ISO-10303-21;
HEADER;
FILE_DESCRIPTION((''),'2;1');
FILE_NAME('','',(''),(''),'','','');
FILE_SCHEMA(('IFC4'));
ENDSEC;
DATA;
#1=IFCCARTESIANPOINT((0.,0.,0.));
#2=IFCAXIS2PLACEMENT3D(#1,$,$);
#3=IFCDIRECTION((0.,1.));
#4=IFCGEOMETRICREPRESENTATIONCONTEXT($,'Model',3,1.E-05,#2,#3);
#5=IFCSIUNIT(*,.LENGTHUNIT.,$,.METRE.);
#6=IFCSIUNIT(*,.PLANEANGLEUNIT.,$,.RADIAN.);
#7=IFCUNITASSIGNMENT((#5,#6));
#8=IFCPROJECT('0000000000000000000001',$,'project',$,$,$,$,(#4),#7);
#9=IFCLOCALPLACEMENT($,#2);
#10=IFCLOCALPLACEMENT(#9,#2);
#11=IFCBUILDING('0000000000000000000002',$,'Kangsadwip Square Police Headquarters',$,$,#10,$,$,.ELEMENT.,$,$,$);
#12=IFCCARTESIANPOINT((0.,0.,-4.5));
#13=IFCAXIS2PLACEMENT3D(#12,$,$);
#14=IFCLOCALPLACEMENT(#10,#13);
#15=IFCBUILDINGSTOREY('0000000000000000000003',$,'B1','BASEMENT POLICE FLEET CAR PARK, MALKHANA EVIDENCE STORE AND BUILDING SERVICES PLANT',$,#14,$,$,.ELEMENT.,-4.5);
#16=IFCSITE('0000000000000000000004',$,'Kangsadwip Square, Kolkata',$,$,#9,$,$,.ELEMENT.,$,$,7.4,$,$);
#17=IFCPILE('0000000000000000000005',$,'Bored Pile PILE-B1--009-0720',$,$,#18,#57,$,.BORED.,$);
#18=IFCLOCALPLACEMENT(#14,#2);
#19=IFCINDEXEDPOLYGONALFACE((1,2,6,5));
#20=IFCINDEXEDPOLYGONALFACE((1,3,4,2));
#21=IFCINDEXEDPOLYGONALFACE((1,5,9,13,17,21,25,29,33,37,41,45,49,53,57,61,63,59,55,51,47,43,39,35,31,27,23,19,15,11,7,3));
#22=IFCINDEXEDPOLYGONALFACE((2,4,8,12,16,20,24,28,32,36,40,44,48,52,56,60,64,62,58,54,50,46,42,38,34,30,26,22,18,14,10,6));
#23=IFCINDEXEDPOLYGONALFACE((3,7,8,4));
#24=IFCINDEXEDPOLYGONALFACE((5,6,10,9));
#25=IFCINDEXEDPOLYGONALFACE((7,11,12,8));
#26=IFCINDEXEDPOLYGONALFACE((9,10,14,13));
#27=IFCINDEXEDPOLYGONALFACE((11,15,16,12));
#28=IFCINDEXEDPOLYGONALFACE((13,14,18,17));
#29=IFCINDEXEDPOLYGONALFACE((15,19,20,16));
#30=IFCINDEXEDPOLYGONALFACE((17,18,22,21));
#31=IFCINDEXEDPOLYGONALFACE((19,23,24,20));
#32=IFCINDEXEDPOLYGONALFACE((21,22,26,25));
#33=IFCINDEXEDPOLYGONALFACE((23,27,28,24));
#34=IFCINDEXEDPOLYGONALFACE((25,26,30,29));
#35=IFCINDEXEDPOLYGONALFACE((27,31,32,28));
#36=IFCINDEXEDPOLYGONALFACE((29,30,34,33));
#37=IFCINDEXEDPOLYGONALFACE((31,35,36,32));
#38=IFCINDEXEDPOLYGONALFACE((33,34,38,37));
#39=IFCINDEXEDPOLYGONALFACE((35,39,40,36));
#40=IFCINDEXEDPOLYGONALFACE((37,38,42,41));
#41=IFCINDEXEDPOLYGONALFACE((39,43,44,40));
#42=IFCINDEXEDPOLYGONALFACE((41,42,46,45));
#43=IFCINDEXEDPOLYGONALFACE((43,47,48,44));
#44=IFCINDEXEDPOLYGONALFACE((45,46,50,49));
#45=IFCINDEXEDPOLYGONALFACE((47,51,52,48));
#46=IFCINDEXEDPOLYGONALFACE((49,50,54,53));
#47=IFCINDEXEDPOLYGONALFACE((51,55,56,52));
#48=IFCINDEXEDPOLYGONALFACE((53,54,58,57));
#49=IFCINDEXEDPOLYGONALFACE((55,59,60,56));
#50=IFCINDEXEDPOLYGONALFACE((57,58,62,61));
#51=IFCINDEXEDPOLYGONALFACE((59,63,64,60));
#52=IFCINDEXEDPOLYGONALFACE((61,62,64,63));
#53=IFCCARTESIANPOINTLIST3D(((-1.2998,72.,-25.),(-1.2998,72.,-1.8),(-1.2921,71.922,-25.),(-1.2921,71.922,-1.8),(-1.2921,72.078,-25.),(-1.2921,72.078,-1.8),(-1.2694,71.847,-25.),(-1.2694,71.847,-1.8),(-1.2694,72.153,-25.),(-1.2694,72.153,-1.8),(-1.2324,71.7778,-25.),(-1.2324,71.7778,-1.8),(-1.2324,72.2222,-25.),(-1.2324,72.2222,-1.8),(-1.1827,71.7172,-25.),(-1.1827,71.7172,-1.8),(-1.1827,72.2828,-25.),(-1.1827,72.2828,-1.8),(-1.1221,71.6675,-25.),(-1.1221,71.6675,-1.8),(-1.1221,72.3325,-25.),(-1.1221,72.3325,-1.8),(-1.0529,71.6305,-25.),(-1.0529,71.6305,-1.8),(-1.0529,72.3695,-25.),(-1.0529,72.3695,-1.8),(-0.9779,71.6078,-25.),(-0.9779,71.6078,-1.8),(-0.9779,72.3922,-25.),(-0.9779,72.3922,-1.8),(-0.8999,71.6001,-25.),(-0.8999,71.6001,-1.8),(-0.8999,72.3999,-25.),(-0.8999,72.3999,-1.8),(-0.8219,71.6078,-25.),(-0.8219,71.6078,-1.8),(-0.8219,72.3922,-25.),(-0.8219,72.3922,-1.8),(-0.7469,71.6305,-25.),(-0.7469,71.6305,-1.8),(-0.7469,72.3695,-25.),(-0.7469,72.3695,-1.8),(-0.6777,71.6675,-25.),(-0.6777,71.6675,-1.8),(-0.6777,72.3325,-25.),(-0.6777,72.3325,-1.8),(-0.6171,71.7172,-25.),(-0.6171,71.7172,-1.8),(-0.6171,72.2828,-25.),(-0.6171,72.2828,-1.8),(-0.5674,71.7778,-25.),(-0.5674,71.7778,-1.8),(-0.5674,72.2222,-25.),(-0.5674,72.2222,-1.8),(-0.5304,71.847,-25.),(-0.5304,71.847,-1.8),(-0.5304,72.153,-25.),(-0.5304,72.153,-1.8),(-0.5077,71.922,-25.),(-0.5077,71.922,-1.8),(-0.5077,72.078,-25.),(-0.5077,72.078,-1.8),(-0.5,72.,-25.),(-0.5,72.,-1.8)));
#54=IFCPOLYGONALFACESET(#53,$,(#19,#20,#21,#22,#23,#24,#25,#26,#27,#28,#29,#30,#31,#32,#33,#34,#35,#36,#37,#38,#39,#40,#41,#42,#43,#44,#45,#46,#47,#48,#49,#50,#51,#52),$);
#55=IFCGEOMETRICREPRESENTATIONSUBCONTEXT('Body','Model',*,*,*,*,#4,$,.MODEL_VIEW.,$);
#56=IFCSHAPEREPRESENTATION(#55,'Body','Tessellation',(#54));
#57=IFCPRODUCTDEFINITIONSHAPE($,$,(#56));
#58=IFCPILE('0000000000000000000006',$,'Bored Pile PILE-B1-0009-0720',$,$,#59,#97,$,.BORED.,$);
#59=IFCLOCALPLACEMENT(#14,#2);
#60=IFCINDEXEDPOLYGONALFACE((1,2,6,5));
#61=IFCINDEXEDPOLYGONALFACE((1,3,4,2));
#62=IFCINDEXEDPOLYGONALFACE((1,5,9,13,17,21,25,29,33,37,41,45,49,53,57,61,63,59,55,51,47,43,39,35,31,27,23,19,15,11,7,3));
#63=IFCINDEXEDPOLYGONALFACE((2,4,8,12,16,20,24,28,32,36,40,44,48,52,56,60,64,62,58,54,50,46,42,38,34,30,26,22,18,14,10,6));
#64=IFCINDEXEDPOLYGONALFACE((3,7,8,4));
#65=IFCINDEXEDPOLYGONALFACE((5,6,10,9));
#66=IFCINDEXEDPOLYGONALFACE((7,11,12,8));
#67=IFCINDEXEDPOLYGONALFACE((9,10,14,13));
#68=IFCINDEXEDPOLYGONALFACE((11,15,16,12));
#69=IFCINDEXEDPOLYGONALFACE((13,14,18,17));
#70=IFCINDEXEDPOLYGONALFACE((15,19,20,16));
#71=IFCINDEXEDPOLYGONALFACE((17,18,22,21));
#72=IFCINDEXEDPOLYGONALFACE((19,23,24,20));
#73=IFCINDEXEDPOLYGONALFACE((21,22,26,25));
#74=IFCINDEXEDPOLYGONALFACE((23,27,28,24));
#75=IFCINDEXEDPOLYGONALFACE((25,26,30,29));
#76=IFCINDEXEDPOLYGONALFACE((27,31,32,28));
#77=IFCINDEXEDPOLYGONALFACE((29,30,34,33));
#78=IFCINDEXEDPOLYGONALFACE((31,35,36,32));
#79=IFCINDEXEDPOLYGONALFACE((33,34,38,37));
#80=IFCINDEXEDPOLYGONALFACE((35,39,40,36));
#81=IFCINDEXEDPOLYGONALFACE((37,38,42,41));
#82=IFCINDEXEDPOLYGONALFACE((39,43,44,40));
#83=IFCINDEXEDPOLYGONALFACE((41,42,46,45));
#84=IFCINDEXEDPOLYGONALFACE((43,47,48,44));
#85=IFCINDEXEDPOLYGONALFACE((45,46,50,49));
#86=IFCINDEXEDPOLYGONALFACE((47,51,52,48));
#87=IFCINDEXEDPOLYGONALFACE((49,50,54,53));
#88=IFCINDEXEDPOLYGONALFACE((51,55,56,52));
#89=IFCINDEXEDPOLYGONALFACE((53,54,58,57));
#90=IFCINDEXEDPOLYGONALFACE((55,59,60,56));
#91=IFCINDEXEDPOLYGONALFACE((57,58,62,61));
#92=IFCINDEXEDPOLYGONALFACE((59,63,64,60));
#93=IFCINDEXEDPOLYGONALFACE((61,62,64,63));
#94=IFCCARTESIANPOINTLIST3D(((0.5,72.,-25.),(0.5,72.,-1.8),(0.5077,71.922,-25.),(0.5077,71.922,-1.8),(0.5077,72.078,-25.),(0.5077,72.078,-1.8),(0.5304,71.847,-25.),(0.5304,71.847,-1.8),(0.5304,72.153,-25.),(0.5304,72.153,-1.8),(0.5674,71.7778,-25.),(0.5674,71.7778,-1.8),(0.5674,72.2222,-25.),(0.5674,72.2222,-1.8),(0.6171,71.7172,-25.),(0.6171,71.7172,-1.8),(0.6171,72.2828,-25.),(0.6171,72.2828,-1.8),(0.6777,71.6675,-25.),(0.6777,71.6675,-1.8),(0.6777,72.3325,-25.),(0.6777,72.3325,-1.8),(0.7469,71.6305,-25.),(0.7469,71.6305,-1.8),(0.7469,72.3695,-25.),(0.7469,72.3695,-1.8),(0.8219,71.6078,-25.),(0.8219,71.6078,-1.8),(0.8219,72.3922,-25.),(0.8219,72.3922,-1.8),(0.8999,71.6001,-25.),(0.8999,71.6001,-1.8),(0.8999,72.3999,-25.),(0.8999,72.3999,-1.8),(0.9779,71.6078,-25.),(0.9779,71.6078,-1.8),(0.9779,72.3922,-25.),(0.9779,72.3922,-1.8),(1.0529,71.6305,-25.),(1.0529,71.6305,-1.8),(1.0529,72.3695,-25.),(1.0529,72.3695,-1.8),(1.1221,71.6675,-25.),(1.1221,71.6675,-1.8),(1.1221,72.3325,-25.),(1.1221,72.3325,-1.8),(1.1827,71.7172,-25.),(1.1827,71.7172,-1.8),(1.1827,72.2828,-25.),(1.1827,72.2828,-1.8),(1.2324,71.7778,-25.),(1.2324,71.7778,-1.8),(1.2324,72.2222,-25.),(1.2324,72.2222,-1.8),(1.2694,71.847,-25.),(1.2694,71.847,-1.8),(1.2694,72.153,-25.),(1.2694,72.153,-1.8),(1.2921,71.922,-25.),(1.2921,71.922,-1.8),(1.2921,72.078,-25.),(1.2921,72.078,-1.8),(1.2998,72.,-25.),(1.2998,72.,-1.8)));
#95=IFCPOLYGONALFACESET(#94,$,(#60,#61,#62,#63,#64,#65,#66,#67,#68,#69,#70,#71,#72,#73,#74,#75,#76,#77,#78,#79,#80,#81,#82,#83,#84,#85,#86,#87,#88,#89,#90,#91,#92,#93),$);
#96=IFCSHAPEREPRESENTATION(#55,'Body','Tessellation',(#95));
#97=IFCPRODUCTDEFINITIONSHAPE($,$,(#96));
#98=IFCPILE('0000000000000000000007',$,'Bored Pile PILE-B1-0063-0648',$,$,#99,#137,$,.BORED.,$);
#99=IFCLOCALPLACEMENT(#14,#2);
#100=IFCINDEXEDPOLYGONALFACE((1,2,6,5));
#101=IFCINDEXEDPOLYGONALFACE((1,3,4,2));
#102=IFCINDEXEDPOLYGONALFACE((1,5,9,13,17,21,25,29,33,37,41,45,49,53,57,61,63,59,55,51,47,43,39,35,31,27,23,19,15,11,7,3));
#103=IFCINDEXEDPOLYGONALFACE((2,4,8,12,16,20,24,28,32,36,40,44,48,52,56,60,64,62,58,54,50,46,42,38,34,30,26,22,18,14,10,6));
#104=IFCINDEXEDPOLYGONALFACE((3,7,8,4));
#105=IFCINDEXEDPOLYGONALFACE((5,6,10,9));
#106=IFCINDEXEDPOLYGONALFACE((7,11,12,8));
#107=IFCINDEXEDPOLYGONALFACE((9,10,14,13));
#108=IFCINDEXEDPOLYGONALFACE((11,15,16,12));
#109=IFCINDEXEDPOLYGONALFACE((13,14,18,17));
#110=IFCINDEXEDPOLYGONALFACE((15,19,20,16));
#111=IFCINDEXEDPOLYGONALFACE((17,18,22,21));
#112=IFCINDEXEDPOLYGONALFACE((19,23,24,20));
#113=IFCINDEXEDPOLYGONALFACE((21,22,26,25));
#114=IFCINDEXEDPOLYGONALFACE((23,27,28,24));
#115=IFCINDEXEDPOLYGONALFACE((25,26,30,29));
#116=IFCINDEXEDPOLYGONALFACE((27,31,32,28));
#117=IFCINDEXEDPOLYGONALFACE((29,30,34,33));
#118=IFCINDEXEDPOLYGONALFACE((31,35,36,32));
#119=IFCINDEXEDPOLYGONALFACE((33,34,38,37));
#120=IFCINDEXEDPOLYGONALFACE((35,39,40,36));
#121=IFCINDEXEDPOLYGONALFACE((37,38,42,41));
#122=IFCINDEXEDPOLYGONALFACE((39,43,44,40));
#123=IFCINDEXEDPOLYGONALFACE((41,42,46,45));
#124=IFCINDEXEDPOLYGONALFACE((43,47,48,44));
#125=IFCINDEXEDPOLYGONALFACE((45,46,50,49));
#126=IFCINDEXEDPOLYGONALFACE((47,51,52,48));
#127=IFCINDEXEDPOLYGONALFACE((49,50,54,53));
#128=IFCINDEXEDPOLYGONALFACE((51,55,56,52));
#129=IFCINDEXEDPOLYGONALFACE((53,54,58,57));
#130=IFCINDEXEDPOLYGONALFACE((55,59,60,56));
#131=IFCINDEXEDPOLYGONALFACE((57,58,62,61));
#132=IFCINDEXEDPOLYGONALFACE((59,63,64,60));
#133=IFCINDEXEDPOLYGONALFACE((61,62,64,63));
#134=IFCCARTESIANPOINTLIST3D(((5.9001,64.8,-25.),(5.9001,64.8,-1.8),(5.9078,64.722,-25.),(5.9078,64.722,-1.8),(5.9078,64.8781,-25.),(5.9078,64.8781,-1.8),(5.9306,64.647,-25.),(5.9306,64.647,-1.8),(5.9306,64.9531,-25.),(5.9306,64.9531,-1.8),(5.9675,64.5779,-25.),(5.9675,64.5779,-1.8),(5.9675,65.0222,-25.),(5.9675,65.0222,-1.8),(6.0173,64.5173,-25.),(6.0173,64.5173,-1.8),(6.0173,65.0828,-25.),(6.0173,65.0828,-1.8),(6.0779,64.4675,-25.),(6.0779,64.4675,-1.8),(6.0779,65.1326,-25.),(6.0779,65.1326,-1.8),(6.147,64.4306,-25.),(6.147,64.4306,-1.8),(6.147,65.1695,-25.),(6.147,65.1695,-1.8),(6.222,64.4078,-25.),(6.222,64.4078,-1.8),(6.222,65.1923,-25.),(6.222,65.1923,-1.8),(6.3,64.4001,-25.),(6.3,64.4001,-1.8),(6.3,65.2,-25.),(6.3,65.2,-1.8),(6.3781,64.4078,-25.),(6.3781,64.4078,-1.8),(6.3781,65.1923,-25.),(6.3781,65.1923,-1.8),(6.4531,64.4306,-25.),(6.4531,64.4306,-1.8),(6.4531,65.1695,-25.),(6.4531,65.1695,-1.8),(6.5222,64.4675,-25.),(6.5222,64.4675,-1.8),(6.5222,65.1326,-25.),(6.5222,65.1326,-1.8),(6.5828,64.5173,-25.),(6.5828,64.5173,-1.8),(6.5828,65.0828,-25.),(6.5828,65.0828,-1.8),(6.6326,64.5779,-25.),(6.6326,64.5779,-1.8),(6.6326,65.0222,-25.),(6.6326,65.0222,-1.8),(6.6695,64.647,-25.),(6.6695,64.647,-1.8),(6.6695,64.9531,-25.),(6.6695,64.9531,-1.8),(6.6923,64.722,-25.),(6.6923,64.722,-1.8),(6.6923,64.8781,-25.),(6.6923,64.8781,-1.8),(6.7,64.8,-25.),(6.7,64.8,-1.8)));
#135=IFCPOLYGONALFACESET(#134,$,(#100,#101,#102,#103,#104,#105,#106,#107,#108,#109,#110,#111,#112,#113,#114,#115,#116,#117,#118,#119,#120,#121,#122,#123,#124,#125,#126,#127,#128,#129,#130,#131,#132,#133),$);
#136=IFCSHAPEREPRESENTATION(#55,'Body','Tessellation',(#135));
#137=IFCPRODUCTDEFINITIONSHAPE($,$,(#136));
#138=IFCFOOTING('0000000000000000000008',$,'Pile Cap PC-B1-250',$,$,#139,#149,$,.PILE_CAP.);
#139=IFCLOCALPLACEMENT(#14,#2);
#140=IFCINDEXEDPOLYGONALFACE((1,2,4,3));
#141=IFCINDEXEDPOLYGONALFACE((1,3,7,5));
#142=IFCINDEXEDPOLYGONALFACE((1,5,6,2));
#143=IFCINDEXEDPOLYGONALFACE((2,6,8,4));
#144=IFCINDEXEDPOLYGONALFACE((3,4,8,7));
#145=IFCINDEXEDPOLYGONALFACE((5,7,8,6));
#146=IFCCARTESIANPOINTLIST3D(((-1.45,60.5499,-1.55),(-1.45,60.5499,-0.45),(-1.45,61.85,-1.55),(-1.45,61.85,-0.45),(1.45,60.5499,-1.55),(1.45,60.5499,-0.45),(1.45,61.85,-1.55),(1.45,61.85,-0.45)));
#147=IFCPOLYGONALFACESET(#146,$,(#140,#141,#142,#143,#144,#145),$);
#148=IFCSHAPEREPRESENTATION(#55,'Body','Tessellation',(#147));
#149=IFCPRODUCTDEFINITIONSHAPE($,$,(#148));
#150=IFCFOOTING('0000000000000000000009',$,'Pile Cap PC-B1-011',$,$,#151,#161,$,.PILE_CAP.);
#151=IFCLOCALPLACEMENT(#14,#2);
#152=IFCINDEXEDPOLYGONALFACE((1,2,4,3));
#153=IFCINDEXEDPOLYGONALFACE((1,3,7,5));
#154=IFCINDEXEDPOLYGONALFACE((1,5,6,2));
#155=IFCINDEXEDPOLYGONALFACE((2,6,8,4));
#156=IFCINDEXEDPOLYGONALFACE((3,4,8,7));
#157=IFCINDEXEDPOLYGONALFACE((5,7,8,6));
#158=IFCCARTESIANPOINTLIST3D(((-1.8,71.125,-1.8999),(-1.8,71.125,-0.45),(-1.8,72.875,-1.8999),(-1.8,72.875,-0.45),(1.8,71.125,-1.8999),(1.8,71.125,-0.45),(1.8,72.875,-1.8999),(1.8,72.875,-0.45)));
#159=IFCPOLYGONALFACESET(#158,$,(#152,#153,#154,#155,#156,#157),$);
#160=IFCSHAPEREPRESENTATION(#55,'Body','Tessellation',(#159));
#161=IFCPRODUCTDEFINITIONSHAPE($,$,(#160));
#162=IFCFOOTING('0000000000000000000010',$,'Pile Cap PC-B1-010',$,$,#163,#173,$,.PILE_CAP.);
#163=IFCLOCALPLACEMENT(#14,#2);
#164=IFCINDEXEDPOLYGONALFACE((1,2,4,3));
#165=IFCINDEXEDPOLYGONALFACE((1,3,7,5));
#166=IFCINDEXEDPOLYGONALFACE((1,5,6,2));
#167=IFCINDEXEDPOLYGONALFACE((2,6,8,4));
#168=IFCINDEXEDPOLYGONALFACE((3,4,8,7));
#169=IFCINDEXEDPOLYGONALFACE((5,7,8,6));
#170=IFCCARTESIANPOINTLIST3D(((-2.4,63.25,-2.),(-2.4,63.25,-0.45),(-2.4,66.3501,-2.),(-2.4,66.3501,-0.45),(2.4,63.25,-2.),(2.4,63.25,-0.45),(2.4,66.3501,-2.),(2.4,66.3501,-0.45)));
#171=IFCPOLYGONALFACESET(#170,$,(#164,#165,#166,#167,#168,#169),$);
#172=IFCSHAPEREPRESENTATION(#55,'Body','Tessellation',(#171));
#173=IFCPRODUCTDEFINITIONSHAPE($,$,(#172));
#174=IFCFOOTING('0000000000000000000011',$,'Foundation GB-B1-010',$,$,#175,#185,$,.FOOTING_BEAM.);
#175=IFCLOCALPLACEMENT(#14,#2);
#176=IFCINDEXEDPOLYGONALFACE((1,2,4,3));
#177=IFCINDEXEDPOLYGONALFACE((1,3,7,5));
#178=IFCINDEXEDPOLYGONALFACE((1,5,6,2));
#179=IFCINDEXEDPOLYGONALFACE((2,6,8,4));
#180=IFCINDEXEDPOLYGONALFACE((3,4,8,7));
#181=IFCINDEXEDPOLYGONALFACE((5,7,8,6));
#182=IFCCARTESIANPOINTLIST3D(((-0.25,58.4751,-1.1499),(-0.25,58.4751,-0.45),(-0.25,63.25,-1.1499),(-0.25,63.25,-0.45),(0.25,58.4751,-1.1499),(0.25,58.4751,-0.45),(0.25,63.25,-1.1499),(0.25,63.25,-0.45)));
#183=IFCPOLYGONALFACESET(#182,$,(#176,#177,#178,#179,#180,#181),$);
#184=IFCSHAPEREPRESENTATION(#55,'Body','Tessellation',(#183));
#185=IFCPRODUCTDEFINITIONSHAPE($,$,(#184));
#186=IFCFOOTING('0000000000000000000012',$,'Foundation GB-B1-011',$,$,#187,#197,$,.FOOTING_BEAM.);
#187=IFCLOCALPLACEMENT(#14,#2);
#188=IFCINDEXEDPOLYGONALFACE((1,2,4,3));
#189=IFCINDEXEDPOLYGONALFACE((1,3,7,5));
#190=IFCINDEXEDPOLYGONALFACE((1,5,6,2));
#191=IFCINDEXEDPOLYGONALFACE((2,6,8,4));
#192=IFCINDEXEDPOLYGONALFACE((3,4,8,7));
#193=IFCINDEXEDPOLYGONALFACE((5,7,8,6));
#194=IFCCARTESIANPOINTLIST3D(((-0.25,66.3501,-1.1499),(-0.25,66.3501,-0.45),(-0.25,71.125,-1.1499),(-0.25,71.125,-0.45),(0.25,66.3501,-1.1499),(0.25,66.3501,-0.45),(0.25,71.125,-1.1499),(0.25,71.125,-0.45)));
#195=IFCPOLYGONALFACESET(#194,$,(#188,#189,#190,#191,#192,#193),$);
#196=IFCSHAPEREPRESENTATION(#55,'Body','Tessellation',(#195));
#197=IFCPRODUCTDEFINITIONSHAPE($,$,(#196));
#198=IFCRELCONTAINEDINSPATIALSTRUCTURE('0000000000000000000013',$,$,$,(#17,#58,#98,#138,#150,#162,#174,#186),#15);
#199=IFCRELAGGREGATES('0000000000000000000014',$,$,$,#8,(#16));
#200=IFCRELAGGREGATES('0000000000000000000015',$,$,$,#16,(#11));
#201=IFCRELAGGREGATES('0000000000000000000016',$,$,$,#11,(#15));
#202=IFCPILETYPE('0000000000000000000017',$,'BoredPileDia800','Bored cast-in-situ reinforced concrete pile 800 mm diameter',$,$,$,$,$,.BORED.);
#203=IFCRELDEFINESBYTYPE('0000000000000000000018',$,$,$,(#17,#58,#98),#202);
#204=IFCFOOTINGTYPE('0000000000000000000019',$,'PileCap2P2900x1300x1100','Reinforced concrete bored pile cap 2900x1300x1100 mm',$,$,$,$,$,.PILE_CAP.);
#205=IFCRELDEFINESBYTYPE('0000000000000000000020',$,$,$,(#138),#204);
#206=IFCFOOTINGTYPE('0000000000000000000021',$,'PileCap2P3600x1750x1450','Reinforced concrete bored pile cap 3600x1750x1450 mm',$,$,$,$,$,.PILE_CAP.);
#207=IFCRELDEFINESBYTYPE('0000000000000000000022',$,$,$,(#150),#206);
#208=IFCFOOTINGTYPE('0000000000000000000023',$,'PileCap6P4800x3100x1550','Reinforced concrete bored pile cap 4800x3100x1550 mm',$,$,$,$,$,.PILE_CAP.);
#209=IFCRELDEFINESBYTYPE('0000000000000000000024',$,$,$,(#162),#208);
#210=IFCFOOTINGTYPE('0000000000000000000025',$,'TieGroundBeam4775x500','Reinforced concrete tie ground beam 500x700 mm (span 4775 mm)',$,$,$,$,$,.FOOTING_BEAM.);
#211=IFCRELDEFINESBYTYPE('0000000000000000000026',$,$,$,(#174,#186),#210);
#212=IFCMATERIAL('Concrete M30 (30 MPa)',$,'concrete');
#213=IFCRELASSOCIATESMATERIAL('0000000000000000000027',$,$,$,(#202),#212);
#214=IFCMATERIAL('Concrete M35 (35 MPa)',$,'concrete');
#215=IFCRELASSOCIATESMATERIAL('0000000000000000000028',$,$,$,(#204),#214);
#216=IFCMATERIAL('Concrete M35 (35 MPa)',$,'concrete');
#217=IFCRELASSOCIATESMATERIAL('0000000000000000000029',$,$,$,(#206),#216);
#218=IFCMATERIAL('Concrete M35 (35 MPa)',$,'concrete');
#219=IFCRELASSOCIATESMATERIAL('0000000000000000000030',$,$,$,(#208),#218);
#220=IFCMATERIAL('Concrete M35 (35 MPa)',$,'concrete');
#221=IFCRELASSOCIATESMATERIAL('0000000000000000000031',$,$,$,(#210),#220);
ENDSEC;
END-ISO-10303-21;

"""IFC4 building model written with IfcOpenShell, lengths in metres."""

from ifc_helpers import new_model, si_unit, direction, frame, origin, origin_2d, place, context, subcontext, project, spatial, rectangle, circle, extrude, material, material_profile, profile_set, type_object, element, save


model = new_model("IFC4")

# Units and contexts
model_context = context("Model", 3, precision=1e-05, world=origin(), true_north=direction((0.0, 1.0)))
body_context = subcontext(model_context, "Body", "Model", "MODEL_VIEW")
ifc_project = project(units=[si_unit("LENGTHUNIT", "METRE"), si_unit("PLANEANGLEUNIT", "RADIAN")], contexts=[model_context])

# Site, building, storey
site_placement = place(None, origin())
site = spatial("IfcSite", under=ifc_project, at=site_placement, Name="Kangsadwip Square, Kolkata", CompositionType="ELEMENT", RefElevation=7.4)
building_placement = place(site_placement, origin())
building = spatial("IfcBuilding", under=site, at=building_placement, Name="Kangsadwip Square Police Headquarters", CompositionType="ELEMENT")
storey_placement = place(building_placement, frame((0.0, 0.0, -4.5)))
storey = spatial("IfcBuildingStorey", under=building, at=storey_placement, Name="B1", Description="BASEMENT POLICE FLEET CAR PARK, MALKHANA EVIDENCE STORE AND BUILDING SERVICES PLANT", CompositionType="ELEMENT", Elevation=-4.5)

# Piles
ifc_material_1 = material(Name="Concrete M30 (30 MPa)", Category="concrete")
ifc_material_profile_1 = material_profile(ifc_material_1, circle(Radius=0.3999, at=origin_2d()), Name="PILE DIA 800")
ifc_profile_set_1 = profile_set([ifc_material_profile_1], Name="Concrete M30 (30 MPa)")
pile_type_1 = type_object("IfcPileType", Name="BoredPileDia800", Description="Bored cast-in-situ reinforced concrete pile 800 mm diameter", PredefinedType="BORED", material=ifc_profile_set_1)
for number, where, z_axis, x_axis, name in (
    (1, (-0.8999, 72.0, -1.8), (0.0, 0.0, -1.0), (1.0, 0.0, 0.0), "Bored Pile PILE-B1--009-0720"),
    (2, (0.8999, 72.0, -1.8), (0.0, 0.0, -1.0), (1.0, 0.0, 0.0), "Bored Pile PILE-B1-0009-0720"),
    (3, (6.3, 64.8, -1.8), (0.0, 0.0, -1.0), (1.0, 0.0, 0.0), "Bored Pile PILE-B1-0063-0648"),
):
    element("IfcPile", number, at=place(storey_placement, frame(where, z_axis=z_axis, x_axis=x_axis)), inside=storey, type_object=pile_type_1, Name=name, PredefinedType="BORED", context=body_context, shape_type="SweptSolid", body=[
        extrude(circle(Radius=0.3999, at=origin_2d()), origin(), (0.0, 0.0, 1.0), 23.2),
    ])

# Footings
ifc_material_2 = material(Name="Concrete M35 (35 MPa)", Category="concrete")
footing_type_1 = type_object("IfcFootingType", Name="PileCap2P2900x1300x1100", Description="Reinforced concrete bored pile cap 2900x1300x1100 mm", PredefinedType="PILE_CAP", material=ifc_material_2)
footing_1_placement = place(storey_placement, frame((0.0, 61.2, -1.55), z_axis=(0.0, 0.0, 1.0), x_axis=(1.0, 0.0, 0.0)))
element("IfcFooting", 4, at=footing_1_placement, inside=storey, type_object=footing_type_1, Name="Pile Cap PC-B1-250", PredefinedType="PILE_CAP", context=body_context, shape_type="SweptSolid", body=[
    extrude(rectangle(XDim=2.8999, YDim=1.3, at=origin_2d()), origin(), (0.0, 0.0, 1.0), 1.1001),
])
ifc_material_3 = material(Name="Concrete M35 (35 MPa)", Category="concrete")
footing_type_2 = type_object("IfcFootingType", Name="PileCap2P3600x1750x1450", Description="Reinforced concrete bored pile cap 3600x1750x1450 mm", PredefinedType="PILE_CAP", material=ifc_material_3)
footing_2_placement = place(storey_placement, frame((0.0, 72.0, -1.8999), z_axis=(0.0, 0.0, 1.0), x_axis=(1.0, 0.0, 0.0)))
element("IfcFooting", 5, at=footing_2_placement, inside=storey, type_object=footing_type_2, Name="Pile Cap PC-B1-011", PredefinedType="PILE_CAP", context=body_context, shape_type="SweptSolid", body=[
    extrude(rectangle(XDim=3.6001, YDim=1.75, at=origin_2d()), origin(), (0.0, 0.0, 1.0), 1.45),
])
ifc_material_4 = material(Name="Concrete M35 (35 MPa)", Category="concrete")
footing_type_3 = type_object("IfcFootingType", Name="PileCap6P4800x3100x1550", Description="Reinforced concrete bored pile cap 4800x3100x1550 mm", PredefinedType="PILE_CAP", material=ifc_material_4)
footing_3_placement = place(storey_placement, frame((0.0, 64.8, -2.0), z_axis=(0.0, 0.0, 1.0), x_axis=(1.0, 0.0, 0.0)))
element("IfcFooting", 6, at=footing_3_placement, inside=storey, type_object=footing_type_3, Name="Pile Cap PC-B1-010", PredefinedType="PILE_CAP", context=body_context, shape_type="SweptSolid", body=[
    extrude(rectangle(XDim=4.8, YDim=3.1001, at=origin_2d()), origin(), (0.0, 0.0, 1.0), 1.55),
])
ifc_material_5 = material(Name="Concrete M35 (35 MPa)", Category="concrete")
footing_type_4 = type_object("IfcFootingType", Name="TieGroundBeam4775x500", Description="Reinforced concrete tie ground beam 500x700 mm (span 4775 mm)", PredefinedType="FOOTING_BEAM", material=ifc_material_5)
for number, where, z_axis, x_axis, name in (
    (7, (0.0, 60.8625, -1.1499), (0.0, 0.0, 1.0), (0.0, 1.0, 0.0), "Foundation GB-B1-010"),
    (8, (0.0, 68.7375, -1.1499), (0.0, 0.0, 1.0), (0.0, 1.0, 0.0), "Foundation GB-B1-011"),
):
    element("IfcFooting", number, at=place(storey_placement, frame(where, z_axis=z_axis, x_axis=x_axis)), inside=storey, type_object=footing_type_4, Name=name, PredefinedType="FOOTING_BEAM", context=body_context, shape_type="SweptSolid", body=[
        extrude(rectangle(XDim=4.7749, YDim=0.5, at=origin_2d()), origin(), (0.0, 0.0, 1.0), 0.7),
    ])

save(model, "model.ifc")
